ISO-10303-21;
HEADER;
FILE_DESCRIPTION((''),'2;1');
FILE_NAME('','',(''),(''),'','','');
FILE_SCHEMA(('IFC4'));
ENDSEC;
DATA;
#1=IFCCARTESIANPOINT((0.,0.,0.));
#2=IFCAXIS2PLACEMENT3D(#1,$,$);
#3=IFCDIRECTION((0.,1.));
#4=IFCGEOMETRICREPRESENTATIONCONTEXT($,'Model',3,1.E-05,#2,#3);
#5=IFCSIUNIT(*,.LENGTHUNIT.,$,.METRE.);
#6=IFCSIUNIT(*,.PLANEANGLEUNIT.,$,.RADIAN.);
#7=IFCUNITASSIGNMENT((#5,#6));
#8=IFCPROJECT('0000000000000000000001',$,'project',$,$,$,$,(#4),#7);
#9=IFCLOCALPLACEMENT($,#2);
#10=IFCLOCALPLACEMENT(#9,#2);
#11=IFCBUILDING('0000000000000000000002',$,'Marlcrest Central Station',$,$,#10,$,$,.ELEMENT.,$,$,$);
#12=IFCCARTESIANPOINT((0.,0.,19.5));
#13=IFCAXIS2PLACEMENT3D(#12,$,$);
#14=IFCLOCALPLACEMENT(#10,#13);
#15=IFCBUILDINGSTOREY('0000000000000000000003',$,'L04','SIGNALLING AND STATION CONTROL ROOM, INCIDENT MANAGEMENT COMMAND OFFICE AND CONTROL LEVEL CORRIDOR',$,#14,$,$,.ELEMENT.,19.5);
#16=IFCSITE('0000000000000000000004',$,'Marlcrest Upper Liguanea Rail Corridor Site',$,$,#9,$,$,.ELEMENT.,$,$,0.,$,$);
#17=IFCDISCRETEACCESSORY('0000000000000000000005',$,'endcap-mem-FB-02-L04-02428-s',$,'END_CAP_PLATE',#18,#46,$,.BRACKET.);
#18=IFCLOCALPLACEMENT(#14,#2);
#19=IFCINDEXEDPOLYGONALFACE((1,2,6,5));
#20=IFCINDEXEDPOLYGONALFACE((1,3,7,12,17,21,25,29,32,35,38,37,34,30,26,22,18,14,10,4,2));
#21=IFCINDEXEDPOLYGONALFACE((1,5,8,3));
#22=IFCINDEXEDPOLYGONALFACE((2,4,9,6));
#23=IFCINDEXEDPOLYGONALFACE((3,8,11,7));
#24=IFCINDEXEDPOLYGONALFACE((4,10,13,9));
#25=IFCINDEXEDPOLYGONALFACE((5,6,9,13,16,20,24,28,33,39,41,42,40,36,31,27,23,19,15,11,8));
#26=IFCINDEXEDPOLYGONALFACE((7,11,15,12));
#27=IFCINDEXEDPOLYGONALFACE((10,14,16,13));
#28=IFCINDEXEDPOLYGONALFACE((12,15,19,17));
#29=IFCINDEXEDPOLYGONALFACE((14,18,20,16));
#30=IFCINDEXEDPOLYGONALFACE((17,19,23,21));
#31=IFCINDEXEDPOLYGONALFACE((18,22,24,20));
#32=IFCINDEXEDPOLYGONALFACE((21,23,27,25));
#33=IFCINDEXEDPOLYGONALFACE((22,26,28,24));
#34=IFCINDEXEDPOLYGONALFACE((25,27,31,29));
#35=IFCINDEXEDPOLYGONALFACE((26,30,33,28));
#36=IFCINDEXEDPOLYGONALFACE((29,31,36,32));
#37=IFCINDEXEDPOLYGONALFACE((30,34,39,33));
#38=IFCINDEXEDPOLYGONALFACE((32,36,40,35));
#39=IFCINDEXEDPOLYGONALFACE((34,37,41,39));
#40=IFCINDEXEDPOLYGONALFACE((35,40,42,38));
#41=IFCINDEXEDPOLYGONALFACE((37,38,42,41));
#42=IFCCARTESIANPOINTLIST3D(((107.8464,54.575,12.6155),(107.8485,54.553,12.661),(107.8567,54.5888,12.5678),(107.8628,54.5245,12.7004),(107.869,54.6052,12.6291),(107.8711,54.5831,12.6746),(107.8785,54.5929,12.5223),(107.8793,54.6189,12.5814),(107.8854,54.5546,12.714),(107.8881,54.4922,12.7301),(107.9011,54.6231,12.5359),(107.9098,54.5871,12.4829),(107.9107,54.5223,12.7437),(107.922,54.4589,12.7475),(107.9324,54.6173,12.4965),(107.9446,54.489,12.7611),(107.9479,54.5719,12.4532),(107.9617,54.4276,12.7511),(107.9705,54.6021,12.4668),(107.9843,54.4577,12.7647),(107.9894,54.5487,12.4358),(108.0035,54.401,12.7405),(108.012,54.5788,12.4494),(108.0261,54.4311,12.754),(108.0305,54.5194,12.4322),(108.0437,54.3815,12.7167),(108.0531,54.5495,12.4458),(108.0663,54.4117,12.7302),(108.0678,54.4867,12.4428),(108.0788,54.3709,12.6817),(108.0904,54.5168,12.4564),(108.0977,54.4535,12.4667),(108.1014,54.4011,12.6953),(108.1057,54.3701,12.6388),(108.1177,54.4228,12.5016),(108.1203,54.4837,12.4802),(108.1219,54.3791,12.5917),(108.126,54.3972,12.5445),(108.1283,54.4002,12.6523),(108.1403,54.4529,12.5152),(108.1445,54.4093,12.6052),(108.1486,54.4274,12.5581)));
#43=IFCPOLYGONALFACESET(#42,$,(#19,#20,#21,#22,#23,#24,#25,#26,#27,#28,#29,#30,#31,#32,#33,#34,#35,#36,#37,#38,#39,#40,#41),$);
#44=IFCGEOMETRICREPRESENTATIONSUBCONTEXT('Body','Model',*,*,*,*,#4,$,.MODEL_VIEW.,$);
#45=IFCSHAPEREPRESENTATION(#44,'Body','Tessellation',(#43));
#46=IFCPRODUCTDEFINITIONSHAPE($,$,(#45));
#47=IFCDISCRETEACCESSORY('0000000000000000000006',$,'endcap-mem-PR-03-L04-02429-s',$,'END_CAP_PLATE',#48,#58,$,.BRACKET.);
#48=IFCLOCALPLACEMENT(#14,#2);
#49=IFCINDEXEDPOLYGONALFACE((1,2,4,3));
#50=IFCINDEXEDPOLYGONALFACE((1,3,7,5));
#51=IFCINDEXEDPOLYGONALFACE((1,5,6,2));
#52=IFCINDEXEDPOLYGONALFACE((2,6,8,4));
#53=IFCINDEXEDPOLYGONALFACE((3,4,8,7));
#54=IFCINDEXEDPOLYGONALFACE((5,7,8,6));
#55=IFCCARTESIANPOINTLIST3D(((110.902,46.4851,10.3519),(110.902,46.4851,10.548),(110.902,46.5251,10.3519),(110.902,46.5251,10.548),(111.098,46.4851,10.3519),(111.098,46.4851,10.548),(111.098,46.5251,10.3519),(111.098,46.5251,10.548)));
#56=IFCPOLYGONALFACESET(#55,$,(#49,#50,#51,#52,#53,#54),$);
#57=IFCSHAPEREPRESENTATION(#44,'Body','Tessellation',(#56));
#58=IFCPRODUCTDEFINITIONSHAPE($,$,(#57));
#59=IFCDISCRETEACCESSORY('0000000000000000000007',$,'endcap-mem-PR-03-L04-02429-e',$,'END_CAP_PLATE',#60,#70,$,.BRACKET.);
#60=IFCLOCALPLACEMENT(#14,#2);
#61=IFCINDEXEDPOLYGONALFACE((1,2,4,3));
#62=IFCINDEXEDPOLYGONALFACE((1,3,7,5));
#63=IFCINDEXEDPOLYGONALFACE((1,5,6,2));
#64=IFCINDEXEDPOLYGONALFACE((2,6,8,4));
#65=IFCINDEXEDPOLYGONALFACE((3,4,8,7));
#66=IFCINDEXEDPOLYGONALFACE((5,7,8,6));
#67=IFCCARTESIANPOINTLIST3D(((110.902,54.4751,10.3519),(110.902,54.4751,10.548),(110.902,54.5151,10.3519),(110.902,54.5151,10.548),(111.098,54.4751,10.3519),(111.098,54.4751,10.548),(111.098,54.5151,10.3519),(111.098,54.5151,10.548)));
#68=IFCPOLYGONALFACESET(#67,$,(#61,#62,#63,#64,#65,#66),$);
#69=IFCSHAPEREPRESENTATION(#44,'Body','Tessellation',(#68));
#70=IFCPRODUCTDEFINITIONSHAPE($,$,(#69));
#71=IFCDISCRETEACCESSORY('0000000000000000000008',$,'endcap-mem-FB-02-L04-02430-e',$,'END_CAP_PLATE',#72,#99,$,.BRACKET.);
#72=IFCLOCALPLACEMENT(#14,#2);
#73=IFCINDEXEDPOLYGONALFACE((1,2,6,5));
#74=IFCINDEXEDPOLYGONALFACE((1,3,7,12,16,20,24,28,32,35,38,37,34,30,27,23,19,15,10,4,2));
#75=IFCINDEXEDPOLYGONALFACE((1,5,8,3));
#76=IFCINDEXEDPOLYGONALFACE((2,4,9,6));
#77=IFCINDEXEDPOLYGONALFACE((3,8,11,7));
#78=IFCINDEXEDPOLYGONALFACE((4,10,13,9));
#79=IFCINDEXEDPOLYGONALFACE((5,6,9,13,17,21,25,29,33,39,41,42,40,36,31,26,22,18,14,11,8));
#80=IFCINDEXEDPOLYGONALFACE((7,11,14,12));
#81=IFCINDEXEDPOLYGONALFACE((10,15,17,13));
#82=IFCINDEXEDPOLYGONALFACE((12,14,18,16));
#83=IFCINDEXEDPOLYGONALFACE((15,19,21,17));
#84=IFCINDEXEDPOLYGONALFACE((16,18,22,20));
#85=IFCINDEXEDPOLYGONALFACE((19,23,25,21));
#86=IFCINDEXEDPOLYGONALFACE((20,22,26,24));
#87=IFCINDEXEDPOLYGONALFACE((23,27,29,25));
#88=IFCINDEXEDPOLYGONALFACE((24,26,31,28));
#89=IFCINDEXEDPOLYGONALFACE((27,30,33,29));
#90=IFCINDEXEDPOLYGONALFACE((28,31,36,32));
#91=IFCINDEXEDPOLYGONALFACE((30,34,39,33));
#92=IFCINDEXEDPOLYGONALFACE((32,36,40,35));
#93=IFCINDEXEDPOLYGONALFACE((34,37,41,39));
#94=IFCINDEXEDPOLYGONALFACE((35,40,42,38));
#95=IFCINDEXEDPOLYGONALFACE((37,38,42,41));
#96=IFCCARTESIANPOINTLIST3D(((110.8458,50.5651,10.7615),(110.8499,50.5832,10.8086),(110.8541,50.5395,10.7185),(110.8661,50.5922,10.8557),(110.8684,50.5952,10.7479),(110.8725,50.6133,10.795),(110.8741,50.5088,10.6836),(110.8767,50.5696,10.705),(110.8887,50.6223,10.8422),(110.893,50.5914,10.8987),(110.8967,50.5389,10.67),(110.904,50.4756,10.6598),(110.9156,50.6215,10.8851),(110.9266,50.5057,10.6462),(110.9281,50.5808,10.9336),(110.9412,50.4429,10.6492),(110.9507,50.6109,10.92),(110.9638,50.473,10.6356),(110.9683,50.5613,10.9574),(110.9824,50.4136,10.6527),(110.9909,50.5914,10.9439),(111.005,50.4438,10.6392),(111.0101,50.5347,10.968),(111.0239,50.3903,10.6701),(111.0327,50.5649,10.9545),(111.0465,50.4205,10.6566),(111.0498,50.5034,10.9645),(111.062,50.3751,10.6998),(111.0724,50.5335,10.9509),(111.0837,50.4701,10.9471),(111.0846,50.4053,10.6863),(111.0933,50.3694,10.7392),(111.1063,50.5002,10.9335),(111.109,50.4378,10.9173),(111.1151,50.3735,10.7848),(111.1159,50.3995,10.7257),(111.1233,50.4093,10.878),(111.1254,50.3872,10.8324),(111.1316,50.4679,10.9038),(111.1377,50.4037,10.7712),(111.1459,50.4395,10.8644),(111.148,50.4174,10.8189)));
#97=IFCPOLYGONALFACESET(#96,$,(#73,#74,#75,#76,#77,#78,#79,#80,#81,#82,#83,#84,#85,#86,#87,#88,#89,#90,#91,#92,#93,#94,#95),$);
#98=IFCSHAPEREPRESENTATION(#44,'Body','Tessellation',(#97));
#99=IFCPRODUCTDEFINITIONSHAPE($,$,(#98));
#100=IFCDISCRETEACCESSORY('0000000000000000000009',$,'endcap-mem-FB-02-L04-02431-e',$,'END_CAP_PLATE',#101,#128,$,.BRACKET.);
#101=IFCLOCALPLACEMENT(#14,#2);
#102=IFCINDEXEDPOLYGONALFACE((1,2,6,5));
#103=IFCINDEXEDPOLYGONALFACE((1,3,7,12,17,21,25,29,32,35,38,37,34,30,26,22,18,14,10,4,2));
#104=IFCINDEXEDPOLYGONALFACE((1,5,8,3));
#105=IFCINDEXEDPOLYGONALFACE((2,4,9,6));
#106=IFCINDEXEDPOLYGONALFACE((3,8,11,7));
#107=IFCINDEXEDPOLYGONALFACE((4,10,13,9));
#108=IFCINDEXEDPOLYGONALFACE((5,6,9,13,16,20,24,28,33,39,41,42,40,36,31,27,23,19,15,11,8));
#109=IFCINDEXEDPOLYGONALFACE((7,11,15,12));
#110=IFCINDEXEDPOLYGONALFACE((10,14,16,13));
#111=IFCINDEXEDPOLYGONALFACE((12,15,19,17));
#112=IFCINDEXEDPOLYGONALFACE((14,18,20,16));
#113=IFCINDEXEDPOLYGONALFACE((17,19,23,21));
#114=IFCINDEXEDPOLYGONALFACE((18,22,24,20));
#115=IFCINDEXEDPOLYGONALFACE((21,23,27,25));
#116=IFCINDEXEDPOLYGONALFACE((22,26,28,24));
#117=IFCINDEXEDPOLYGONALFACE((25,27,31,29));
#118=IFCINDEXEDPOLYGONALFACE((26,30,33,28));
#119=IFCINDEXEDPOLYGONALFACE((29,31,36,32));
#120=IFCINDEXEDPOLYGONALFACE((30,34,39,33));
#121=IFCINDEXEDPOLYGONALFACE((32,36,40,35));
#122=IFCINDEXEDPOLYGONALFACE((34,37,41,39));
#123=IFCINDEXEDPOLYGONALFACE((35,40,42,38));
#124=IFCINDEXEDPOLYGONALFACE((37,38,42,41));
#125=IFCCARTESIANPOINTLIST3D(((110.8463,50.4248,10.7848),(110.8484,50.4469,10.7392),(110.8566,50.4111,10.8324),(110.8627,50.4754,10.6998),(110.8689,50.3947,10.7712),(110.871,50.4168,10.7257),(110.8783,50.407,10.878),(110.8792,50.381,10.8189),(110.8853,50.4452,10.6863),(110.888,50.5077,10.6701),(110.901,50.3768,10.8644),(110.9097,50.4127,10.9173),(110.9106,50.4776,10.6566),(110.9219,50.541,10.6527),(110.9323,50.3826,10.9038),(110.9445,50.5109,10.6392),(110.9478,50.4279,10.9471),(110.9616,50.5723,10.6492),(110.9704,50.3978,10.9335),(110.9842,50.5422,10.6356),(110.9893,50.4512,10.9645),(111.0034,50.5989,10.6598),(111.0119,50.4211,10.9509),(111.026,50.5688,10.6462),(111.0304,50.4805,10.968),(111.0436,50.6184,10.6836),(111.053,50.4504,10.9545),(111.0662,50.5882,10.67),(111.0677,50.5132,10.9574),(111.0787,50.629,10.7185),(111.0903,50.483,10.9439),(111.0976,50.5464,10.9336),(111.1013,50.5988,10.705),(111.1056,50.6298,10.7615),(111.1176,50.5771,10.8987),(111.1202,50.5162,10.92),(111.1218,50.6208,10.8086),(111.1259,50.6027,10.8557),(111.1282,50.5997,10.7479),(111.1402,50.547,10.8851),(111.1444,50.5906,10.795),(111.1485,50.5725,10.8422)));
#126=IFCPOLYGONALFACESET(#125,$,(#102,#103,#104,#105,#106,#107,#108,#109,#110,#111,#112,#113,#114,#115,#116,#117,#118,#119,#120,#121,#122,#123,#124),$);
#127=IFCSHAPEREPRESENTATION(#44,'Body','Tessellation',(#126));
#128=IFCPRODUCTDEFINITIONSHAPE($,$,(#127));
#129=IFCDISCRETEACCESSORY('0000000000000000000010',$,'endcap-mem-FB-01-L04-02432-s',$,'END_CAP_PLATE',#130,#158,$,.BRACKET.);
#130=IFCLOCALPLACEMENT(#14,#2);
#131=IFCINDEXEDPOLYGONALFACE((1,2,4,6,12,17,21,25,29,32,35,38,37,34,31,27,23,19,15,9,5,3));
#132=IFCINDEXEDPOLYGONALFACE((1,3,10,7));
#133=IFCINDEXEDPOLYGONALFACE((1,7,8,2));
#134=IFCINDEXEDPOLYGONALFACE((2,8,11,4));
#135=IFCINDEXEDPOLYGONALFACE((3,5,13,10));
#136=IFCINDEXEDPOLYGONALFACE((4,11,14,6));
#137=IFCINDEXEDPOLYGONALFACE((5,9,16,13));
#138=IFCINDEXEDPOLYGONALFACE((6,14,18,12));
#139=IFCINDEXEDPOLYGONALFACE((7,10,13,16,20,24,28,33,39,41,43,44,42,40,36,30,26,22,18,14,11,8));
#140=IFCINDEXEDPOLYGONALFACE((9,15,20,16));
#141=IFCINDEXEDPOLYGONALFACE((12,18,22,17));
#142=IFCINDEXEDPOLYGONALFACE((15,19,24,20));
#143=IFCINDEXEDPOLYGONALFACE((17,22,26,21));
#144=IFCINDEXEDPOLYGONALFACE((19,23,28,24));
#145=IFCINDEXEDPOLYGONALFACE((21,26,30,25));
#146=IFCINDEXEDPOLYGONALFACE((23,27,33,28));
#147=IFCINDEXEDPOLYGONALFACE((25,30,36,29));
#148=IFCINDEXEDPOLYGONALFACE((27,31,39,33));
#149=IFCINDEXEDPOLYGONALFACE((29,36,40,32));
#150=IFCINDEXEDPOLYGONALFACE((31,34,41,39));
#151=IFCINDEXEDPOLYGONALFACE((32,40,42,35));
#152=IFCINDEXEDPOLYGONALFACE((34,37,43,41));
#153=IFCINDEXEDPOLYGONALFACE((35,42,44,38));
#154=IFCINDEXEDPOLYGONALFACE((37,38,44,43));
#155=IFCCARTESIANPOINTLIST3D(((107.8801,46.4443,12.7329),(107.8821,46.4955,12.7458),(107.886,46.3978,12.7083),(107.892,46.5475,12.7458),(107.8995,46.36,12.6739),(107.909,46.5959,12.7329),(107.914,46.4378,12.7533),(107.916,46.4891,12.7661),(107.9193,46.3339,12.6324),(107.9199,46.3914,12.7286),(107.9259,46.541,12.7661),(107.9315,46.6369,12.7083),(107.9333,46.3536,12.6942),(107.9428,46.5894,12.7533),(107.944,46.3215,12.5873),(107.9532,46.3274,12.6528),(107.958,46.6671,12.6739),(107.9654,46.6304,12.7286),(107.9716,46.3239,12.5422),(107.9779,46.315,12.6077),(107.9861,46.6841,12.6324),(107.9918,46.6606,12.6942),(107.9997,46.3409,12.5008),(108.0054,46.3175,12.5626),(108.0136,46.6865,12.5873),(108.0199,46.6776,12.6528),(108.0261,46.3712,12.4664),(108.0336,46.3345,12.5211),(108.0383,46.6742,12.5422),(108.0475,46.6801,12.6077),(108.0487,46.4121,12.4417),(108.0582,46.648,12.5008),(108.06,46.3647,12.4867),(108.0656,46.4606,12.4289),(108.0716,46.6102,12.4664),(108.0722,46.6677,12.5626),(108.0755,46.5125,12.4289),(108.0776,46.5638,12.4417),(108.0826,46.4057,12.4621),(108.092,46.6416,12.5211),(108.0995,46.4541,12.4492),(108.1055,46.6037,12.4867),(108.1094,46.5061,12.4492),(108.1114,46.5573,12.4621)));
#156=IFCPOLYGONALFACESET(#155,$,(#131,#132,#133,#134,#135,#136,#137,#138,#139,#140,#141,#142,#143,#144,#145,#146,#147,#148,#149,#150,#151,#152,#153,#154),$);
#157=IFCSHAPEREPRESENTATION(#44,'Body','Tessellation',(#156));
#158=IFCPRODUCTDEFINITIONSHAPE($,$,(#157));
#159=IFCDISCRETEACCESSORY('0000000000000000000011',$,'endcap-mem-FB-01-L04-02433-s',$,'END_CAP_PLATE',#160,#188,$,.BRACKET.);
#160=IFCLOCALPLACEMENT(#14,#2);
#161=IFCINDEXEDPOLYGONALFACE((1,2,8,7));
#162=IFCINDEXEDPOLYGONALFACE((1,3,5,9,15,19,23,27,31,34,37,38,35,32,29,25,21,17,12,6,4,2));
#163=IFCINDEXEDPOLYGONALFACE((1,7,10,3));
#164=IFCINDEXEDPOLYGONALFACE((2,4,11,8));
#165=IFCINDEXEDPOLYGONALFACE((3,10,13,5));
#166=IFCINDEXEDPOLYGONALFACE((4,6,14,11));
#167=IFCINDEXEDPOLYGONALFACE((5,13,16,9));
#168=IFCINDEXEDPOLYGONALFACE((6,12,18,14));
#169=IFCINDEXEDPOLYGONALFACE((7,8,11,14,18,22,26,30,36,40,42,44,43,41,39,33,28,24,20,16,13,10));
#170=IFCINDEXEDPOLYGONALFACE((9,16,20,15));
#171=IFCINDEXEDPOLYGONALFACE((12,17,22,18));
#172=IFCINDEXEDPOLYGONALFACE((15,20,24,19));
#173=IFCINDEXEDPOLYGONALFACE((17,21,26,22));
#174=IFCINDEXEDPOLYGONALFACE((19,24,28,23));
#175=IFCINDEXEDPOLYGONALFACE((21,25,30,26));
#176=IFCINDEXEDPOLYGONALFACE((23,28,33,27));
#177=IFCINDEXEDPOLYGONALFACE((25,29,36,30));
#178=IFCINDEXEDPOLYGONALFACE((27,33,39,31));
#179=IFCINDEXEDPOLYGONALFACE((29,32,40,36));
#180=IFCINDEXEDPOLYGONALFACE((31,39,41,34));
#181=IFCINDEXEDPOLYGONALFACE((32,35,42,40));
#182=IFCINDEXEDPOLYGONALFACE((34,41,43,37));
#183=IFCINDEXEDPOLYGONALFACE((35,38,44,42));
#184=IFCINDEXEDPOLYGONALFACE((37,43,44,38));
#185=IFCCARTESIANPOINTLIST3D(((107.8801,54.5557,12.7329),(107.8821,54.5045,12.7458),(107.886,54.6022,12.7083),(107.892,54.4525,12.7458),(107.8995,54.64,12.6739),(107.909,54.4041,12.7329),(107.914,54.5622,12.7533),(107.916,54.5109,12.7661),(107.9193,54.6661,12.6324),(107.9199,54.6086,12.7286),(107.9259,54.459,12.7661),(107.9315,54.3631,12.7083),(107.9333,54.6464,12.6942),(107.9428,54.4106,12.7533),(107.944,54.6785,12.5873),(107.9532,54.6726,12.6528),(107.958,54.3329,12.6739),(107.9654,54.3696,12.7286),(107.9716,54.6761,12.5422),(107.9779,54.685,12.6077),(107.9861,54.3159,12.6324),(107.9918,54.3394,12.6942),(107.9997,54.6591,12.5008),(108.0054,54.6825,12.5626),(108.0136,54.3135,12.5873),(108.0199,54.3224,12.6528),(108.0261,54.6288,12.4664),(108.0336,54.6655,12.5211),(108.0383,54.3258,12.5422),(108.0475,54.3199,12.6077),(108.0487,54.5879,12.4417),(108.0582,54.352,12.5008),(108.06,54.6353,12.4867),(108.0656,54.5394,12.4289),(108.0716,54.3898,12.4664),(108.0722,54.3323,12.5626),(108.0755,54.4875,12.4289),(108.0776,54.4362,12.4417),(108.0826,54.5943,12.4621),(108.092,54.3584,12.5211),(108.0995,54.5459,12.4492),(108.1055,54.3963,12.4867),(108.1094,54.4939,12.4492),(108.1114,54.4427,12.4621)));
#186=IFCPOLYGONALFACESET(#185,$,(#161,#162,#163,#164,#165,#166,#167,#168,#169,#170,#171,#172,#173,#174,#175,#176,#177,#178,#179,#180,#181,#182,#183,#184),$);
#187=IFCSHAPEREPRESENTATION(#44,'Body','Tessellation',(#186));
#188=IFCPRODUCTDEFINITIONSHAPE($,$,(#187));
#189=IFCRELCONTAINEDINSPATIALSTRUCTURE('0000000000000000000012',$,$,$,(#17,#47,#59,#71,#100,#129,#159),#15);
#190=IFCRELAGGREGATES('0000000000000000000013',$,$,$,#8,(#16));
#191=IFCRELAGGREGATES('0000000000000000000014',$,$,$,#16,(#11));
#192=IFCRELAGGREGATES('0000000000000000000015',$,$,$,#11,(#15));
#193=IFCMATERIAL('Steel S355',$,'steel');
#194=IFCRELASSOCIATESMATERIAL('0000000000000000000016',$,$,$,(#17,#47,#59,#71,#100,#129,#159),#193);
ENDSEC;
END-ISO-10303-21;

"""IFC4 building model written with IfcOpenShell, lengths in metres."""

from ifc_helpers import new_model, si_unit, direction, frame, origin, origin_2d, place, context, subcontext, project, spatial, rectangle, circle, extrude, material, element, save


model = new_model("IFC4")

# Units and contexts
model_context = context("Model", 3, precision=1e-05, world=origin(), true_north=direction((0.0, 1.0)))
body_context = subcontext(model_context, "Body", "Model", "MODEL_VIEW")
ifc_project = project(units=[si_unit("LENGTHUNIT", "METRE"), si_unit("PLANEANGLEUNIT", "RADIAN")], contexts=[model_context])

# Site, building, storey
site_placement = place(None, origin())
site = spatial("IfcSite", under=ifc_project, at=site_placement, Name="Marlcrest Upper Liguanea Rail Corridor Site", CompositionType="ELEMENT", RefElevation=0.0)
building_placement = place(site_placement, origin())
building = spatial("IfcBuilding", under=site, at=building_placement, Name="Marlcrest Central Station", CompositionType="ELEMENT")
storey_placement = place(building_placement, frame((0.0, 0.0, 19.5)))
storey = spatial("IfcBuildingStorey", under=building, at=storey_placement, Name="L04", Description="SIGNALLING AND STATION CONTROL ROOM, INCIDENT MANAGEMENT COMMAND OFFICE AND CONTROL LEVEL CORRIDOR", CompositionType="ELEMENT", Elevation=19.5)

# Discrete accessories
ifc_material_1 = material(Name="Steel S355", Category="steel")
for number, where, z_axis, x_axis, name in (
    (1, (108.0085, 54.5112, 12.6052), (-0.564531, -0.752708, -0.338728), (0.8, -0.6, 0.0), "endcap-mem-FB-02-L04-02428-s"),
):
    element("IfcDiscreteAccessory", number, at=place(storey_placement, frame(where, z_axis=z_axis, x_axis=x_axis)), inside=storey, material=ifc_material_1, Name=name, ObjectType="END_CAP_PLATE", PredefinedType="BRACKET", context=body_context, shape_type="SweptSolid", body=[
        extrude(circle(Radius=0.1699, at=origin_2d()), origin(), (0.0, 0.0, 1.0), 0.04),
    ])
for number, where, z_axis, x_axis, name in (
    (2, (111.0, 46.4851, 10.45), (0.0, 1.0, 0.0), (-1.0, 0.0, 0.0), "endcap-mem-PR-03-L04-02429-s"),
    (3, (111.0, 54.4751, 10.45), (0.0, 1.0, 0.0), (-1.0, 0.0, 0.0), "endcap-mem-PR-03-L04-02429-e"),
):
    element("IfcDiscreteAccessory", number, at=place(storey_placement, frame(where, z_axis=z_axis, x_axis=x_axis)), inside=storey, material=ifc_material_1, Name=name, ObjectType="END_CAP_PLATE", PredefinedType="BRACKET", context=body_context, shape_type="SweptSolid", body=[
        extrude(rectangle(XDim=0.196, YDim=0.196, at=origin_2d()), origin(), (0.0, 0.0, 1.0), 0.04),
    ])
for number, where, z_axis, x_axis, name in (
    (4, (110.9858, 50.4812, 10.8086), (0.564531, 0.752708, -0.338728), (-0.8, 0.6, 0.0), "endcap-mem-FB-02-L04-02430-e"),
    (5, (110.9858, 50.5188, 10.8086), (0.564531, -0.752708, -0.338728), (0.8, 0.6, 0.0), "endcap-mem-FB-02-L04-02431-e"),
):
    element("IfcDiscreteAccessory", number, at=place(storey_placement, frame(where, z_axis=z_axis, x_axis=x_axis)), inside=storey, material=ifc_material_1, Name=name, ObjectType="END_CAP_PLATE", PredefinedType="BRACKET", context=body_context, shape_type="SweptSolid", body=[
        extrude(circle(Radius=0.1699, at=origin_2d()), origin(), (0.0, 0.0, 1.0), 0.04),
    ])
for number, where, z_axis, x_axis, name in (
    (6, (108.0127, 46.4976, 12.6077), (-0.846277, 0.161196, -0.50777), (-0.187112, -0.982339, 0.0), "endcap-mem-FB-01-L04-02432-s"),
    (7, (108.0127, 54.5024, 12.6077), (-0.846277, -0.161196, -0.50777), (0.187112, -0.982339, 0.0), "endcap-mem-FB-01-L04-02433-s"),
):
    element("IfcDiscreteAccessory", number, at=place(storey_placement, frame(where, z_axis=z_axis, x_axis=x_axis)), inside=storey, material=ifc_material_1, Name=name, ObjectType="END_CAP_PLATE", PredefinedType="BRACKET", context=body_context, shape_type="SweptSolid", body=[
        extrude(circle(Radius=0.1858, at=origin_2d()), origin(), (0.0, 0.0, 1.0), 0.04),
    ])

save(model, "model.ifc")
